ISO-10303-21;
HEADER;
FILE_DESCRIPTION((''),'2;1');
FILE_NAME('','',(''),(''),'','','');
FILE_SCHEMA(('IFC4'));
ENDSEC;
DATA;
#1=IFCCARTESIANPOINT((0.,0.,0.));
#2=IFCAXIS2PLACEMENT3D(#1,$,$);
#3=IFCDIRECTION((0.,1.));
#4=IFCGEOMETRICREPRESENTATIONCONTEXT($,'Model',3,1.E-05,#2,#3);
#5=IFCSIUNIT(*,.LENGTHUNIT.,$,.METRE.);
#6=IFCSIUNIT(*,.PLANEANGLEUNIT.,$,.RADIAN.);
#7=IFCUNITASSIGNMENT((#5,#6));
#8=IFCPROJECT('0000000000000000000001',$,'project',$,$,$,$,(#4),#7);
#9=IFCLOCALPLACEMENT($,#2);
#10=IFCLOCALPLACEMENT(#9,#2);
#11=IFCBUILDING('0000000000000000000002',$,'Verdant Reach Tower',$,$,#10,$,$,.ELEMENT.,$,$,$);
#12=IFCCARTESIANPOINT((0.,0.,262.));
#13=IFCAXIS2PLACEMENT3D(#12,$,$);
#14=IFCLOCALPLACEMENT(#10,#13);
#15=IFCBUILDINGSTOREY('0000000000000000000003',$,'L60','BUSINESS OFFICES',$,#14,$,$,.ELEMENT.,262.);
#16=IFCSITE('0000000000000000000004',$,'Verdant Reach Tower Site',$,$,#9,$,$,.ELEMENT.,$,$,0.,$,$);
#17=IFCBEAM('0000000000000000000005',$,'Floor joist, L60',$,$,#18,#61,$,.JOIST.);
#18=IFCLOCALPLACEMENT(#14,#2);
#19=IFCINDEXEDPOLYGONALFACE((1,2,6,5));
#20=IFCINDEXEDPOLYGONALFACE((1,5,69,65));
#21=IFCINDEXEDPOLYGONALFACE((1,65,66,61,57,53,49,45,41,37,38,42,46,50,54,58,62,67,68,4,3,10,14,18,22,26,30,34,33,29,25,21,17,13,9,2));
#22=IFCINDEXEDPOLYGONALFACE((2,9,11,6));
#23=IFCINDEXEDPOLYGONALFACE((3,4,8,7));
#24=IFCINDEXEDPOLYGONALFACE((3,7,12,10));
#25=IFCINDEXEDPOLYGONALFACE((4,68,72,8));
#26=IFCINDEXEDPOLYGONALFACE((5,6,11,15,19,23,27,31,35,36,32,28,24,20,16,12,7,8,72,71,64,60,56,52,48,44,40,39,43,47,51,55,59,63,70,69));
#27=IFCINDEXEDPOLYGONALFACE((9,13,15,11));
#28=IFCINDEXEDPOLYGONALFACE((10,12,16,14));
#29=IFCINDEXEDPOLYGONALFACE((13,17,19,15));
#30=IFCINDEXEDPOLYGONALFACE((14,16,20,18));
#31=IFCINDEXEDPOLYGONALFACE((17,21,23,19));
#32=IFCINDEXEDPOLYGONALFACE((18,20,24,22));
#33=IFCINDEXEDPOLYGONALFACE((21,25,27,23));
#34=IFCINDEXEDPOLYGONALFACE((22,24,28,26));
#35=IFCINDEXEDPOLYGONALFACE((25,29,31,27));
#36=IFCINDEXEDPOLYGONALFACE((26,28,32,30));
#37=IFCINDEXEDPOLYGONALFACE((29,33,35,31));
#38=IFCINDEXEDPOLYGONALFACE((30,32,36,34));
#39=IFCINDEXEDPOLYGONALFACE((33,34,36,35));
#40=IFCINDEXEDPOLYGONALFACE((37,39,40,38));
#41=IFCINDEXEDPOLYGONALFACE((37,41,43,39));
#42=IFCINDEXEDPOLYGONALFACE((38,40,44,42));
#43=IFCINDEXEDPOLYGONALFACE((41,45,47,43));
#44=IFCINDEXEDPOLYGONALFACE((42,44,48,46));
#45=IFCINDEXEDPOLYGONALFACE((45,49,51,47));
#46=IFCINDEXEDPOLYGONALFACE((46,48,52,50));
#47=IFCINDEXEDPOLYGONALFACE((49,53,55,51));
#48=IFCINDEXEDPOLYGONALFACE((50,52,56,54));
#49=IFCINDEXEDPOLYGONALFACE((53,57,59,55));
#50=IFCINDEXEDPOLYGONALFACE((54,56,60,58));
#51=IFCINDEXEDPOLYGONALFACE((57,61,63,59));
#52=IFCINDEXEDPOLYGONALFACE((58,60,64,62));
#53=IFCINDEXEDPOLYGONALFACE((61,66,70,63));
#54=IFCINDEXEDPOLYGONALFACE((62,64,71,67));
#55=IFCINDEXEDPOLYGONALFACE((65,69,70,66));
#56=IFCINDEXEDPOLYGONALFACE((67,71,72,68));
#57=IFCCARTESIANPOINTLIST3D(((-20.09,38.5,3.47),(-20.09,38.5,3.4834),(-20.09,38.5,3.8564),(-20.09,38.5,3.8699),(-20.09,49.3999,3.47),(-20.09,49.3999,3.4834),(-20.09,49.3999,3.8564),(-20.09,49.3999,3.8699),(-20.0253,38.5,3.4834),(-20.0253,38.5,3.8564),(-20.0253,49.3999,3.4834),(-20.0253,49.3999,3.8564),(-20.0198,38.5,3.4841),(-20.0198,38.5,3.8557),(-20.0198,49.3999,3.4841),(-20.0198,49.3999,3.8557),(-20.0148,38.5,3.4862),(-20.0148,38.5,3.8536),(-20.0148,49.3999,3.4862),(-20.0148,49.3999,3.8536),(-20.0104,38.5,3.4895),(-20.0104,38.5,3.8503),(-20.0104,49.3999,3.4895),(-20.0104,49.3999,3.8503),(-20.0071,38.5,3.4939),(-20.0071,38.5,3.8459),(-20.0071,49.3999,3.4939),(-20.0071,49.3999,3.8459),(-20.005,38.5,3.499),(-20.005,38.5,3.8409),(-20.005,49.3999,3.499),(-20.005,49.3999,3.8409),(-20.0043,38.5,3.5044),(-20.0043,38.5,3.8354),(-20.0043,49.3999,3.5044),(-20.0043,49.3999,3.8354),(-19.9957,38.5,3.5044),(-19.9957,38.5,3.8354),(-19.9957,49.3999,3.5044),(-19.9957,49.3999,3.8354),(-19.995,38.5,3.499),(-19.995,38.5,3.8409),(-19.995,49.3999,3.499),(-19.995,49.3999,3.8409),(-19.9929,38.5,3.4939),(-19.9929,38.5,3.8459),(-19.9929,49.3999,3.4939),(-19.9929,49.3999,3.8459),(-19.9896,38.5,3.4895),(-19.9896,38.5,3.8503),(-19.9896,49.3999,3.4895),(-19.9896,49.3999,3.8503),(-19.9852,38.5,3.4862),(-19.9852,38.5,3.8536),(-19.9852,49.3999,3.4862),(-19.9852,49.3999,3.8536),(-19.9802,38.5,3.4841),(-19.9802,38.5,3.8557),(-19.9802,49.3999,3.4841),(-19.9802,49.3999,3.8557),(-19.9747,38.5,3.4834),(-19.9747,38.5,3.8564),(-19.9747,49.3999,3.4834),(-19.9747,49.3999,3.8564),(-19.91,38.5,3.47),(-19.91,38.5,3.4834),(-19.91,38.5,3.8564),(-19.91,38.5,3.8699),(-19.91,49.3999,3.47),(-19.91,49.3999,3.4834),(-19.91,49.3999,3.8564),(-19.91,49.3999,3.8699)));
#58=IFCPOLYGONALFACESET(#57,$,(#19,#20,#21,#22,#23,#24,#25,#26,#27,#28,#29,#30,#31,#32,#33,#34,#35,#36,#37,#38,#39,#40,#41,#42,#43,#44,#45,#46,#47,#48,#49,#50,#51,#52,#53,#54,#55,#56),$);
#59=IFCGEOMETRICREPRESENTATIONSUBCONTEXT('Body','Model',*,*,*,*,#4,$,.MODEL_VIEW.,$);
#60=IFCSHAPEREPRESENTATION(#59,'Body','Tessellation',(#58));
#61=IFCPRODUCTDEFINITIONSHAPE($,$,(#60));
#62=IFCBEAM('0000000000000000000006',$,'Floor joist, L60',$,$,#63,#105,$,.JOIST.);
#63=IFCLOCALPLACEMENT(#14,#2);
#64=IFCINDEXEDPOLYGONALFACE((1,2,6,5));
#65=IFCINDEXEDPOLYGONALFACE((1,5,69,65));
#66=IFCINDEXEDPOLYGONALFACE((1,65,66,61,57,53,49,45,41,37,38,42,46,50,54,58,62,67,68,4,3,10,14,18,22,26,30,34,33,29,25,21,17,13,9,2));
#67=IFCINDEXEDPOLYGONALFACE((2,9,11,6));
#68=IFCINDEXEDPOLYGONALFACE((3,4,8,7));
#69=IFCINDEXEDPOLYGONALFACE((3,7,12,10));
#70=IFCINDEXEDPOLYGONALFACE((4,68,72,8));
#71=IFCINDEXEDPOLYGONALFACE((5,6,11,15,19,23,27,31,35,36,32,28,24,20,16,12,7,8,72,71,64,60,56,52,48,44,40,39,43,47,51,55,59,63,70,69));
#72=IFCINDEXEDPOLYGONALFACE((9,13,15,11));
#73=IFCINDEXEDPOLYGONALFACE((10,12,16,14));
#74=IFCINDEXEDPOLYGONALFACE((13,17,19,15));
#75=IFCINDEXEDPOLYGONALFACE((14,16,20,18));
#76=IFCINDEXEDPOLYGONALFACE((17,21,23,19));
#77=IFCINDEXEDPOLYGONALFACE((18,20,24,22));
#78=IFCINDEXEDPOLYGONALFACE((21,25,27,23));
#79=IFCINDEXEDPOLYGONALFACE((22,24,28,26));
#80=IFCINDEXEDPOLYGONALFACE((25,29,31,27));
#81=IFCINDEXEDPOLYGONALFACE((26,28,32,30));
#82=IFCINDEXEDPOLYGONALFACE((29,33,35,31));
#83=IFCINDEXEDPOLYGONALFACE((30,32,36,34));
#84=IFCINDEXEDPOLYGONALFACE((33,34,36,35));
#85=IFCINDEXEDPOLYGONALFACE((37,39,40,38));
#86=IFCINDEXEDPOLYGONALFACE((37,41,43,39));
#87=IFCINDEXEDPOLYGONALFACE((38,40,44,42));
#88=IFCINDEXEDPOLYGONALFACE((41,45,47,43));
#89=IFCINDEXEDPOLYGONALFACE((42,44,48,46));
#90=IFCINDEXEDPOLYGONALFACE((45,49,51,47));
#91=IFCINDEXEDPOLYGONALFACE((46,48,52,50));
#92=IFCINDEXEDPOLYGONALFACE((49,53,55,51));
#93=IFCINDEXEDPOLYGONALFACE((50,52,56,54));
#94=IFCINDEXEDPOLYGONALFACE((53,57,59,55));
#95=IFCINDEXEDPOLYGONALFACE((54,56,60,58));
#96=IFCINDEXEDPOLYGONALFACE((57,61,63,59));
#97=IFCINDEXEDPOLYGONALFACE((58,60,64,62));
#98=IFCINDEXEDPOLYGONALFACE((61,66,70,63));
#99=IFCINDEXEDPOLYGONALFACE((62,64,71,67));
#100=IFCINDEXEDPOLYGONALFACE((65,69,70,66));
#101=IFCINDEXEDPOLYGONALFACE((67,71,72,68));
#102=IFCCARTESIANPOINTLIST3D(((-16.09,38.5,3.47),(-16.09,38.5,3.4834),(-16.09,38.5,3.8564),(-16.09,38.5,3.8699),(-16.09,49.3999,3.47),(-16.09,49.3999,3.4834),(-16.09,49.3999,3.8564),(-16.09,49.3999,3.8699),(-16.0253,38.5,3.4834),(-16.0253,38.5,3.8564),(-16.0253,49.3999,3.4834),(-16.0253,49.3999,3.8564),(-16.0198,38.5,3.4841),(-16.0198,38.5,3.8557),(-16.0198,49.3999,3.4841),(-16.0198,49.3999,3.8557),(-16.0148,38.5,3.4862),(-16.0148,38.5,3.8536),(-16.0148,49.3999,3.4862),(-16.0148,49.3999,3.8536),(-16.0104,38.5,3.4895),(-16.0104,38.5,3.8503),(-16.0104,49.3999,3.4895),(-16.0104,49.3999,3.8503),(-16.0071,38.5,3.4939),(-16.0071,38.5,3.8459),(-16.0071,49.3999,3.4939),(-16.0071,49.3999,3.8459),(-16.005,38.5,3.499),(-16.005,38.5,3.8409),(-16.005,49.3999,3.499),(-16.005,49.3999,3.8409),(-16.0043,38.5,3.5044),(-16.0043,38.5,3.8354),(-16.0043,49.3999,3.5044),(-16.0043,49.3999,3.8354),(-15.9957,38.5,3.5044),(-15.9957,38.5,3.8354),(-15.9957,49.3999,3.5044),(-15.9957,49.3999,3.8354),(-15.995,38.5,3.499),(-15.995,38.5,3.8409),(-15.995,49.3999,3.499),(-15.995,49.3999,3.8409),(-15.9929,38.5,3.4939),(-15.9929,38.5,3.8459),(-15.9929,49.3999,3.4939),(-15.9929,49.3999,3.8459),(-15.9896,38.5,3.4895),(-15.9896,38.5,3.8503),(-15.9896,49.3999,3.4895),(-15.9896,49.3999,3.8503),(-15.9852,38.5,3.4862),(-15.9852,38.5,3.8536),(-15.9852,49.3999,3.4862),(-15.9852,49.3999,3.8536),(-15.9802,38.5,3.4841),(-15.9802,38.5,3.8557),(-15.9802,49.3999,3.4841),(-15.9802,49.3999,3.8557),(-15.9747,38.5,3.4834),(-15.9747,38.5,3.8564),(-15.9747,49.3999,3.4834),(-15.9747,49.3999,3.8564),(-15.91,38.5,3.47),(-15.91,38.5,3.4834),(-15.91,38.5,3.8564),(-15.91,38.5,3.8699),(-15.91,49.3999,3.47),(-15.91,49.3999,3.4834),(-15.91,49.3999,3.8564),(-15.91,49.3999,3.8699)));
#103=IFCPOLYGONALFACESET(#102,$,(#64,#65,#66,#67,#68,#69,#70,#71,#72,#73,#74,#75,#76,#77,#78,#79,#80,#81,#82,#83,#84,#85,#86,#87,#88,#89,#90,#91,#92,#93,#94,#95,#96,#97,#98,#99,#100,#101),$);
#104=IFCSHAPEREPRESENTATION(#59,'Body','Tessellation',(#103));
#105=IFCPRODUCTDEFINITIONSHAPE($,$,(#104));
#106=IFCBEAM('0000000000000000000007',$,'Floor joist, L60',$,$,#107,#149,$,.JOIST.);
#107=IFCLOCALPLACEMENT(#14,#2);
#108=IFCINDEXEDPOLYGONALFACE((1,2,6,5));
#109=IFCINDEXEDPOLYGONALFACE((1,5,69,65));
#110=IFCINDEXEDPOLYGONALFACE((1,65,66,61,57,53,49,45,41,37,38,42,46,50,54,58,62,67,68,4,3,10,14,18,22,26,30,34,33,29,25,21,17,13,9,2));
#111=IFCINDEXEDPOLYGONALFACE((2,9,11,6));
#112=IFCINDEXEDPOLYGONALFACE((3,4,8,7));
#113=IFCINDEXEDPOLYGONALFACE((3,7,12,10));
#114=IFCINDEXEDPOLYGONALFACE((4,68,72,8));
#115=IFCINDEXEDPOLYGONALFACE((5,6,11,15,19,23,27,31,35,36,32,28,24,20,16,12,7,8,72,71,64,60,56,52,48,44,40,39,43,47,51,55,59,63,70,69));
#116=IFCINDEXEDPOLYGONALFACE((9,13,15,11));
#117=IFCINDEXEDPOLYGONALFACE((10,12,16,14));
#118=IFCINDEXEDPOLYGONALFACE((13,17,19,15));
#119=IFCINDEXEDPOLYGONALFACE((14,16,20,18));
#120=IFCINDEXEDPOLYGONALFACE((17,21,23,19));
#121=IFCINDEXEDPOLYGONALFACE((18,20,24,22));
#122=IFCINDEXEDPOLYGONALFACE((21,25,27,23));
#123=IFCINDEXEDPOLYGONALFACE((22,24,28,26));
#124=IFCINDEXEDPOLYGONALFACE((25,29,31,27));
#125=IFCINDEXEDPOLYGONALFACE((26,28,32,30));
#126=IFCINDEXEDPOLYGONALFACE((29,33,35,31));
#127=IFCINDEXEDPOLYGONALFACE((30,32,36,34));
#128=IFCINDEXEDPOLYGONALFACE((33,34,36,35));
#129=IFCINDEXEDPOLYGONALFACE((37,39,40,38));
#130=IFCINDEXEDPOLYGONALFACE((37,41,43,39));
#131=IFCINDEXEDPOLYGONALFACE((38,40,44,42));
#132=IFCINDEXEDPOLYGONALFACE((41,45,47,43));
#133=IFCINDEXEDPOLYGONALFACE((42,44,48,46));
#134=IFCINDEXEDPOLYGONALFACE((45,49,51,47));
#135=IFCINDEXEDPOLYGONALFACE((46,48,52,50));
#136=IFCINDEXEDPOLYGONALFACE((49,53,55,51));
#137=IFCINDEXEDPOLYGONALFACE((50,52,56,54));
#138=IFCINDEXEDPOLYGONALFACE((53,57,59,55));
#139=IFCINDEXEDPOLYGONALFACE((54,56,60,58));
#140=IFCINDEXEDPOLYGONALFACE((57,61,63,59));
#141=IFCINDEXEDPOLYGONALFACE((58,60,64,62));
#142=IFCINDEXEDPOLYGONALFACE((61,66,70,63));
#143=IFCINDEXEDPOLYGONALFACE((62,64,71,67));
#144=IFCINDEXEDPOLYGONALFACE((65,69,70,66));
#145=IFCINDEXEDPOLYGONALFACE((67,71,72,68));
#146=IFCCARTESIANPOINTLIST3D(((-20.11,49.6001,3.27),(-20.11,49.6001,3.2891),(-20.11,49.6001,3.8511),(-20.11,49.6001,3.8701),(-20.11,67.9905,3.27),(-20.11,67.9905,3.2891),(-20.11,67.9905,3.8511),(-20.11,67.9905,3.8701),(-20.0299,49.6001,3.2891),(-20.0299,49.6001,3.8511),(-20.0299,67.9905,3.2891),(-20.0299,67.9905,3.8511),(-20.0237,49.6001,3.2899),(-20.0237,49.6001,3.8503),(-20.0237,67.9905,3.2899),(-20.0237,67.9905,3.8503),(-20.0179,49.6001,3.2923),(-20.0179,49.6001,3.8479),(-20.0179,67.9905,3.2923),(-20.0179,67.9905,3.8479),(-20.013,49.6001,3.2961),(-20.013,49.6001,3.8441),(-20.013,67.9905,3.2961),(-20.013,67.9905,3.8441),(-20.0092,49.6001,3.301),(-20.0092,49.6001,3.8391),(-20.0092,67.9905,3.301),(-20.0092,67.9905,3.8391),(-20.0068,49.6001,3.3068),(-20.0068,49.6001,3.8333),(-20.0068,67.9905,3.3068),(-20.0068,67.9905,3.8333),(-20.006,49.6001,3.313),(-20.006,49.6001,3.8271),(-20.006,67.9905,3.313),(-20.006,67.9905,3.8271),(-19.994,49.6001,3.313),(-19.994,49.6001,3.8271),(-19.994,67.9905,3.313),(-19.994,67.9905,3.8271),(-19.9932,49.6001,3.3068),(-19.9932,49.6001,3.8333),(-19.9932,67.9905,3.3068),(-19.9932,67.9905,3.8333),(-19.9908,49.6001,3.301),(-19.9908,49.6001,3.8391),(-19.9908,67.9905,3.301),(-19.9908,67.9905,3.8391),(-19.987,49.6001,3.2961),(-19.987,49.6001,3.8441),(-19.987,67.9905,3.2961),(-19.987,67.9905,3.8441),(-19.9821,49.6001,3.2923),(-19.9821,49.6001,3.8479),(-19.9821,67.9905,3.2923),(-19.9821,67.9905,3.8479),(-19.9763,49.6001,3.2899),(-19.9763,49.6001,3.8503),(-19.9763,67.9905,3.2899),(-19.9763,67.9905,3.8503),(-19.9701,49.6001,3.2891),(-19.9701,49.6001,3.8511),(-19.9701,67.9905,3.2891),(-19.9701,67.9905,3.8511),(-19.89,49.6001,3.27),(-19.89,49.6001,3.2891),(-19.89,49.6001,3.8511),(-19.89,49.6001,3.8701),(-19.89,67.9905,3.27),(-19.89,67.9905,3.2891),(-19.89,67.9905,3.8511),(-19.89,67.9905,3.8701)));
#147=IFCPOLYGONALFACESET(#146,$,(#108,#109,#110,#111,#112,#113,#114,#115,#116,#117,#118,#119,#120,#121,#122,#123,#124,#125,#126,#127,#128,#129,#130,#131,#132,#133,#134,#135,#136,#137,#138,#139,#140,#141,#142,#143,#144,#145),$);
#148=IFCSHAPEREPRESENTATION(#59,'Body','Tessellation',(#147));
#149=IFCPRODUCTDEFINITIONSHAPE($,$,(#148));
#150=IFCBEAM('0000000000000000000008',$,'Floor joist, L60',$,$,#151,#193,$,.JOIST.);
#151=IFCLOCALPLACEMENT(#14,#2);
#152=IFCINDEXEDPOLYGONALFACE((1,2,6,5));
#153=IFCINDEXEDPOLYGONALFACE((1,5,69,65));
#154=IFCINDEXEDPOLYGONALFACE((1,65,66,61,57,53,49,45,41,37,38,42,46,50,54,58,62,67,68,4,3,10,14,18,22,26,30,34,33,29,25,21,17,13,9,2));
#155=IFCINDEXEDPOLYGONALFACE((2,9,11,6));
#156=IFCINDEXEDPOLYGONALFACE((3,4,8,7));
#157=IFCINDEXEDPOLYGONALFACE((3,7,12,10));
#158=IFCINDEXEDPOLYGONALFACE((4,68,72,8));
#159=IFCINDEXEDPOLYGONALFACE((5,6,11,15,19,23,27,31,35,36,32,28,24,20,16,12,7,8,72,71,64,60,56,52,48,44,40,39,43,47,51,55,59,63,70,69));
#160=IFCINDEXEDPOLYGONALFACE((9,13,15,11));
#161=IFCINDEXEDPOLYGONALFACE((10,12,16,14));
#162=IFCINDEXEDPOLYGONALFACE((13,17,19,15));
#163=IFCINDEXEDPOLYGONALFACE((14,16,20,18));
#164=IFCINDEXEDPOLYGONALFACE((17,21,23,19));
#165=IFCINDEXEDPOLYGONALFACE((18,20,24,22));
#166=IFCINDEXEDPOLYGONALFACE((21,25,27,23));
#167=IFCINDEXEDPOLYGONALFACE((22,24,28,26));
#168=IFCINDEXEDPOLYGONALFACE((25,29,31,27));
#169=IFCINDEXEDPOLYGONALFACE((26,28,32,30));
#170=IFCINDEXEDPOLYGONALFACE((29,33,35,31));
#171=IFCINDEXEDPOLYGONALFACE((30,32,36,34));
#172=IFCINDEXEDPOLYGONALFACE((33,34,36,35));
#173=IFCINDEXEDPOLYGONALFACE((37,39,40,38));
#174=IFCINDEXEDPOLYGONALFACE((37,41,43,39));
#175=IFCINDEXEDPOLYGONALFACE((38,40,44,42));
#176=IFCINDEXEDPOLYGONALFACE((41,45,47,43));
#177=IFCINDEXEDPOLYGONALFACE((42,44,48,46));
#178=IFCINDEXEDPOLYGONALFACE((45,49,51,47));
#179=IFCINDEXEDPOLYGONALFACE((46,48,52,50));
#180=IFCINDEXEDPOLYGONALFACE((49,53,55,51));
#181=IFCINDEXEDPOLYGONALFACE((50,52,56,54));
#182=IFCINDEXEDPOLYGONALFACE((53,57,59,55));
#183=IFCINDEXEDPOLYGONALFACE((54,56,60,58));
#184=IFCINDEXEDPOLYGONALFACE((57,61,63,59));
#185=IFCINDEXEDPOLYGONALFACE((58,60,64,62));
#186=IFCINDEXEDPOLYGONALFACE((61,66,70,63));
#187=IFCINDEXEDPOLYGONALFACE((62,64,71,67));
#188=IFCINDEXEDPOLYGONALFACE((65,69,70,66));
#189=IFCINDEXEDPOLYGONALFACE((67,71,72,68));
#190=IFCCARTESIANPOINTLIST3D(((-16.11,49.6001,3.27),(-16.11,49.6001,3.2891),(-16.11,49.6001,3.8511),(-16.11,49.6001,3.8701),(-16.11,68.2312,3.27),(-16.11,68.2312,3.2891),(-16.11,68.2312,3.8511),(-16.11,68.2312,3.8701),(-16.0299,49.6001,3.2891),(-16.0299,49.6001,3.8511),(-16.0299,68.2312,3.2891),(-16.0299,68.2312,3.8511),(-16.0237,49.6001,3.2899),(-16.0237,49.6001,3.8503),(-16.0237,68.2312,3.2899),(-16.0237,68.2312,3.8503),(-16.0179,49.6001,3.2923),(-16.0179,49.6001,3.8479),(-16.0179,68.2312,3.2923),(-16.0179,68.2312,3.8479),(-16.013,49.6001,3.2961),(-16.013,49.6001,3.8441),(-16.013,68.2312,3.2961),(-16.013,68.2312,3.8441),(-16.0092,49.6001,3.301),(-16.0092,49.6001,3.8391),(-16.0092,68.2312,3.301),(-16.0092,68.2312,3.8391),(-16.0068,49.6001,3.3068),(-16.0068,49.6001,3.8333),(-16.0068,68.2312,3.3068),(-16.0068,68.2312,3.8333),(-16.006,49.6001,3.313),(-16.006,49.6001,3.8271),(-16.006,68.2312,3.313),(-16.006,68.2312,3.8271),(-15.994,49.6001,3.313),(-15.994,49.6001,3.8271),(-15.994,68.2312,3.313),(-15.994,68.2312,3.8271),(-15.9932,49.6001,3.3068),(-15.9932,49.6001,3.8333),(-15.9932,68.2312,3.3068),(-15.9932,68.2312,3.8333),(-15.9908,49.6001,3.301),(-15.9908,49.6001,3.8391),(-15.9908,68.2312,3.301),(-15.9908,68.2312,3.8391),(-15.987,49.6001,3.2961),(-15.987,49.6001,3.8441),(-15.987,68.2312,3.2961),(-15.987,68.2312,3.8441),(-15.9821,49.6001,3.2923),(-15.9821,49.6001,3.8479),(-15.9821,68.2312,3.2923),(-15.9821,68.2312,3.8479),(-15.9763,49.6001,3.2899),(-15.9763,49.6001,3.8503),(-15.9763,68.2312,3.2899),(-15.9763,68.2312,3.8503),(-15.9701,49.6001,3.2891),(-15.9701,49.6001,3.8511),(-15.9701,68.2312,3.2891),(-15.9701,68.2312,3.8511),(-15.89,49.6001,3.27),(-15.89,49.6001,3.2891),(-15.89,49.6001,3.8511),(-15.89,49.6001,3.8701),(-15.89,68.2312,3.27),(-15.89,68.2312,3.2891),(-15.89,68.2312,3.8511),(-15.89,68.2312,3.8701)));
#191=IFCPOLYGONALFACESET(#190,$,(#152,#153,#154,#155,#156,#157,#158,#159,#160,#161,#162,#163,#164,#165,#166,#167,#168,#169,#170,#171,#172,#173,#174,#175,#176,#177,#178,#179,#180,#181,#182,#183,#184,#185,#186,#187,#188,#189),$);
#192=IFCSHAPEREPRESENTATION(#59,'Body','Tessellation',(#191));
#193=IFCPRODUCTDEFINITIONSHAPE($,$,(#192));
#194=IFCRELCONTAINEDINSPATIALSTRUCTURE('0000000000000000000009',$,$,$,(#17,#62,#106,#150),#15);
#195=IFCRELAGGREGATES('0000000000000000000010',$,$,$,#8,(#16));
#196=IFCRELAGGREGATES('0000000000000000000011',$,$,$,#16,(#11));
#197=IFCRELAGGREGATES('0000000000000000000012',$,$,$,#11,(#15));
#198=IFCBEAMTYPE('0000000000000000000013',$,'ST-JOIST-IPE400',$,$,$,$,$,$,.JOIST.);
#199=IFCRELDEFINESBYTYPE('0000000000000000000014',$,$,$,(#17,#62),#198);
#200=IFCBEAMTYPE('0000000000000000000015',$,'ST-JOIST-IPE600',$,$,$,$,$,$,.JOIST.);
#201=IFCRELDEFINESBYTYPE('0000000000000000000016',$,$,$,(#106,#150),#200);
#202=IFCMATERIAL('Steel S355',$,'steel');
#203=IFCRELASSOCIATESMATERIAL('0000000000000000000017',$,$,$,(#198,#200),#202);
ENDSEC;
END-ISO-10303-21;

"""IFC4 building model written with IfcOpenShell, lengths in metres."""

from ifc_helpers import new_model, si_unit, direction, frame, origin, origin_2d, place, context, subcontext, project, spatial, i_section, extrude, material, material_profile, profile_set, type_object, element, save


model = new_model("IFC4")

# Units and contexts
model_context = context("Model", 3, precision=1e-05, world=origin(), true_north=direction((0.0, 1.0)))
body_context = subcontext(model_context, "Body", "Model", "MODEL_VIEW")
ifc_project = project(units=[si_unit("LENGTHUNIT", "METRE"), si_unit("PLANEANGLEUNIT", "RADIAN")], contexts=[model_context])

# Site, building, storey
site_placement = place(None, origin())
site = spatial("IfcSite", under=ifc_project, at=site_placement, Name="Verdant Reach Tower Site", CompositionType="ELEMENT", RefElevation=0.0)
building_placement = place(site_placement, origin())
building = spatial("IfcBuilding", under=site, at=building_placement, Name="Verdant Reach Tower", CompositionType="ELEMENT")
storey_placement = place(building_placement, frame((0.0, 0.0, 262.0)))
storey = spatial("IfcBuildingStorey", under=building, at=storey_placement, Name="L60", Description="BUSINESS OFFICES", CompositionType="ELEMENT", Elevation=262.0)

# Beams
ifc_material_1 = material(Name="Steel S355", Category="steel")
ifc_material_profile_1 = material_profile(ifc_material_1, i_section(OverallWidth=0.1799, OverallDepth=0.3999, WebThickness=0.0085, FlangeThickness=0.0134, FilletRadius=0.021, at=origin_2d()), Name="IPE 400")
ifc_profile_set_1 = profile_set([ifc_material_profile_1], Name="Steel S355")
beam_type_1 = type_object("IfcBeamType", Name="ST-JOIST-IPE400", PredefinedType="JOIST", material=ifc_profile_set_1)
for number, where, z_axis, x_axis, name in (
    (1, (-20.0, 38.5, 3.6699), (0.0, 1.0, 0.0), (-1.0, 0.0, 0.0), "Floor joist, L60"),
    (2, (-16.0, 38.5, 3.6699), (0.0, 1.0, 0.0), (-1.0, 0.0, 0.0), "Floor joist, L60"),
):
    element("IfcBeam", number, at=place(storey_placement, frame(where, z_axis=z_axis, x_axis=x_axis)), inside=storey, type_object=beam_type_1, Name=name, PredefinedType="JOIST", context=body_context, shape_type="SweptSolid", body=[
        extrude(i_section(OverallWidth=0.1799, OverallDepth=0.3999, WebThickness=0.0085, FlangeThickness=0.0134, FilletRadius=0.021, at=origin_2d()), origin(), (0.0, 0.0, 1.0), 10.8999),
    ])
ifc_material_profile_2 = material_profile(ifc_material_1, i_section(OverallWidth=0.22, OverallDepth=0.6001, WebThickness=0.012, FlangeThickness=0.019, FilletRadius=0.0239, at=origin_2d()), Name="IPE 600")
ifc_profile_set_2 = profile_set([ifc_material_profile_2], Name="Steel S355")
beam_type_2 = type_object("IfcBeamType", Name="ST-JOIST-IPE600", PredefinedType="JOIST", material=ifc_profile_set_2)
beam_1_placement = place(storey_placement, frame((-20.0, 49.6001, 3.5701), z_axis=(0.0, 1.0, 0.0), x_axis=(-1.0, 0.0, 0.0)))
element("IfcBeam", 3, at=beam_1_placement, inside=storey, type_object=beam_type_2, Name="Floor joist, L60", PredefinedType="JOIST", context=body_context, shape_type="SweptSolid", body=[
    extrude(i_section(OverallWidth=0.22, OverallDepth=0.6001, WebThickness=0.012, FlangeThickness=0.019, FilletRadius=0.0239, at=origin_2d()), origin(), (0.0, 0.0, 1.0), 18.3904),
])
beam_2_placement = place(storey_placement, frame((-16.0, 49.6001, 3.5701), z_axis=(0.0, 1.0, 0.0), x_axis=(-1.0, 0.0, 0.0)))
element("IfcBeam", 4, at=beam_2_placement, inside=storey, type_object=beam_type_2, Name="Floor joist, L60", PredefinedType="JOIST", context=body_context, shape_type="SweptSolid", body=[
    extrude(i_section(OverallWidth=0.22, OverallDepth=0.6001, WebThickness=0.012, FlangeThickness=0.019, FilletRadius=0.0239, at=origin_2d()), origin(), (0.0, 0.0, 1.0), 18.6311),
])

save(model, "model.ifc")
